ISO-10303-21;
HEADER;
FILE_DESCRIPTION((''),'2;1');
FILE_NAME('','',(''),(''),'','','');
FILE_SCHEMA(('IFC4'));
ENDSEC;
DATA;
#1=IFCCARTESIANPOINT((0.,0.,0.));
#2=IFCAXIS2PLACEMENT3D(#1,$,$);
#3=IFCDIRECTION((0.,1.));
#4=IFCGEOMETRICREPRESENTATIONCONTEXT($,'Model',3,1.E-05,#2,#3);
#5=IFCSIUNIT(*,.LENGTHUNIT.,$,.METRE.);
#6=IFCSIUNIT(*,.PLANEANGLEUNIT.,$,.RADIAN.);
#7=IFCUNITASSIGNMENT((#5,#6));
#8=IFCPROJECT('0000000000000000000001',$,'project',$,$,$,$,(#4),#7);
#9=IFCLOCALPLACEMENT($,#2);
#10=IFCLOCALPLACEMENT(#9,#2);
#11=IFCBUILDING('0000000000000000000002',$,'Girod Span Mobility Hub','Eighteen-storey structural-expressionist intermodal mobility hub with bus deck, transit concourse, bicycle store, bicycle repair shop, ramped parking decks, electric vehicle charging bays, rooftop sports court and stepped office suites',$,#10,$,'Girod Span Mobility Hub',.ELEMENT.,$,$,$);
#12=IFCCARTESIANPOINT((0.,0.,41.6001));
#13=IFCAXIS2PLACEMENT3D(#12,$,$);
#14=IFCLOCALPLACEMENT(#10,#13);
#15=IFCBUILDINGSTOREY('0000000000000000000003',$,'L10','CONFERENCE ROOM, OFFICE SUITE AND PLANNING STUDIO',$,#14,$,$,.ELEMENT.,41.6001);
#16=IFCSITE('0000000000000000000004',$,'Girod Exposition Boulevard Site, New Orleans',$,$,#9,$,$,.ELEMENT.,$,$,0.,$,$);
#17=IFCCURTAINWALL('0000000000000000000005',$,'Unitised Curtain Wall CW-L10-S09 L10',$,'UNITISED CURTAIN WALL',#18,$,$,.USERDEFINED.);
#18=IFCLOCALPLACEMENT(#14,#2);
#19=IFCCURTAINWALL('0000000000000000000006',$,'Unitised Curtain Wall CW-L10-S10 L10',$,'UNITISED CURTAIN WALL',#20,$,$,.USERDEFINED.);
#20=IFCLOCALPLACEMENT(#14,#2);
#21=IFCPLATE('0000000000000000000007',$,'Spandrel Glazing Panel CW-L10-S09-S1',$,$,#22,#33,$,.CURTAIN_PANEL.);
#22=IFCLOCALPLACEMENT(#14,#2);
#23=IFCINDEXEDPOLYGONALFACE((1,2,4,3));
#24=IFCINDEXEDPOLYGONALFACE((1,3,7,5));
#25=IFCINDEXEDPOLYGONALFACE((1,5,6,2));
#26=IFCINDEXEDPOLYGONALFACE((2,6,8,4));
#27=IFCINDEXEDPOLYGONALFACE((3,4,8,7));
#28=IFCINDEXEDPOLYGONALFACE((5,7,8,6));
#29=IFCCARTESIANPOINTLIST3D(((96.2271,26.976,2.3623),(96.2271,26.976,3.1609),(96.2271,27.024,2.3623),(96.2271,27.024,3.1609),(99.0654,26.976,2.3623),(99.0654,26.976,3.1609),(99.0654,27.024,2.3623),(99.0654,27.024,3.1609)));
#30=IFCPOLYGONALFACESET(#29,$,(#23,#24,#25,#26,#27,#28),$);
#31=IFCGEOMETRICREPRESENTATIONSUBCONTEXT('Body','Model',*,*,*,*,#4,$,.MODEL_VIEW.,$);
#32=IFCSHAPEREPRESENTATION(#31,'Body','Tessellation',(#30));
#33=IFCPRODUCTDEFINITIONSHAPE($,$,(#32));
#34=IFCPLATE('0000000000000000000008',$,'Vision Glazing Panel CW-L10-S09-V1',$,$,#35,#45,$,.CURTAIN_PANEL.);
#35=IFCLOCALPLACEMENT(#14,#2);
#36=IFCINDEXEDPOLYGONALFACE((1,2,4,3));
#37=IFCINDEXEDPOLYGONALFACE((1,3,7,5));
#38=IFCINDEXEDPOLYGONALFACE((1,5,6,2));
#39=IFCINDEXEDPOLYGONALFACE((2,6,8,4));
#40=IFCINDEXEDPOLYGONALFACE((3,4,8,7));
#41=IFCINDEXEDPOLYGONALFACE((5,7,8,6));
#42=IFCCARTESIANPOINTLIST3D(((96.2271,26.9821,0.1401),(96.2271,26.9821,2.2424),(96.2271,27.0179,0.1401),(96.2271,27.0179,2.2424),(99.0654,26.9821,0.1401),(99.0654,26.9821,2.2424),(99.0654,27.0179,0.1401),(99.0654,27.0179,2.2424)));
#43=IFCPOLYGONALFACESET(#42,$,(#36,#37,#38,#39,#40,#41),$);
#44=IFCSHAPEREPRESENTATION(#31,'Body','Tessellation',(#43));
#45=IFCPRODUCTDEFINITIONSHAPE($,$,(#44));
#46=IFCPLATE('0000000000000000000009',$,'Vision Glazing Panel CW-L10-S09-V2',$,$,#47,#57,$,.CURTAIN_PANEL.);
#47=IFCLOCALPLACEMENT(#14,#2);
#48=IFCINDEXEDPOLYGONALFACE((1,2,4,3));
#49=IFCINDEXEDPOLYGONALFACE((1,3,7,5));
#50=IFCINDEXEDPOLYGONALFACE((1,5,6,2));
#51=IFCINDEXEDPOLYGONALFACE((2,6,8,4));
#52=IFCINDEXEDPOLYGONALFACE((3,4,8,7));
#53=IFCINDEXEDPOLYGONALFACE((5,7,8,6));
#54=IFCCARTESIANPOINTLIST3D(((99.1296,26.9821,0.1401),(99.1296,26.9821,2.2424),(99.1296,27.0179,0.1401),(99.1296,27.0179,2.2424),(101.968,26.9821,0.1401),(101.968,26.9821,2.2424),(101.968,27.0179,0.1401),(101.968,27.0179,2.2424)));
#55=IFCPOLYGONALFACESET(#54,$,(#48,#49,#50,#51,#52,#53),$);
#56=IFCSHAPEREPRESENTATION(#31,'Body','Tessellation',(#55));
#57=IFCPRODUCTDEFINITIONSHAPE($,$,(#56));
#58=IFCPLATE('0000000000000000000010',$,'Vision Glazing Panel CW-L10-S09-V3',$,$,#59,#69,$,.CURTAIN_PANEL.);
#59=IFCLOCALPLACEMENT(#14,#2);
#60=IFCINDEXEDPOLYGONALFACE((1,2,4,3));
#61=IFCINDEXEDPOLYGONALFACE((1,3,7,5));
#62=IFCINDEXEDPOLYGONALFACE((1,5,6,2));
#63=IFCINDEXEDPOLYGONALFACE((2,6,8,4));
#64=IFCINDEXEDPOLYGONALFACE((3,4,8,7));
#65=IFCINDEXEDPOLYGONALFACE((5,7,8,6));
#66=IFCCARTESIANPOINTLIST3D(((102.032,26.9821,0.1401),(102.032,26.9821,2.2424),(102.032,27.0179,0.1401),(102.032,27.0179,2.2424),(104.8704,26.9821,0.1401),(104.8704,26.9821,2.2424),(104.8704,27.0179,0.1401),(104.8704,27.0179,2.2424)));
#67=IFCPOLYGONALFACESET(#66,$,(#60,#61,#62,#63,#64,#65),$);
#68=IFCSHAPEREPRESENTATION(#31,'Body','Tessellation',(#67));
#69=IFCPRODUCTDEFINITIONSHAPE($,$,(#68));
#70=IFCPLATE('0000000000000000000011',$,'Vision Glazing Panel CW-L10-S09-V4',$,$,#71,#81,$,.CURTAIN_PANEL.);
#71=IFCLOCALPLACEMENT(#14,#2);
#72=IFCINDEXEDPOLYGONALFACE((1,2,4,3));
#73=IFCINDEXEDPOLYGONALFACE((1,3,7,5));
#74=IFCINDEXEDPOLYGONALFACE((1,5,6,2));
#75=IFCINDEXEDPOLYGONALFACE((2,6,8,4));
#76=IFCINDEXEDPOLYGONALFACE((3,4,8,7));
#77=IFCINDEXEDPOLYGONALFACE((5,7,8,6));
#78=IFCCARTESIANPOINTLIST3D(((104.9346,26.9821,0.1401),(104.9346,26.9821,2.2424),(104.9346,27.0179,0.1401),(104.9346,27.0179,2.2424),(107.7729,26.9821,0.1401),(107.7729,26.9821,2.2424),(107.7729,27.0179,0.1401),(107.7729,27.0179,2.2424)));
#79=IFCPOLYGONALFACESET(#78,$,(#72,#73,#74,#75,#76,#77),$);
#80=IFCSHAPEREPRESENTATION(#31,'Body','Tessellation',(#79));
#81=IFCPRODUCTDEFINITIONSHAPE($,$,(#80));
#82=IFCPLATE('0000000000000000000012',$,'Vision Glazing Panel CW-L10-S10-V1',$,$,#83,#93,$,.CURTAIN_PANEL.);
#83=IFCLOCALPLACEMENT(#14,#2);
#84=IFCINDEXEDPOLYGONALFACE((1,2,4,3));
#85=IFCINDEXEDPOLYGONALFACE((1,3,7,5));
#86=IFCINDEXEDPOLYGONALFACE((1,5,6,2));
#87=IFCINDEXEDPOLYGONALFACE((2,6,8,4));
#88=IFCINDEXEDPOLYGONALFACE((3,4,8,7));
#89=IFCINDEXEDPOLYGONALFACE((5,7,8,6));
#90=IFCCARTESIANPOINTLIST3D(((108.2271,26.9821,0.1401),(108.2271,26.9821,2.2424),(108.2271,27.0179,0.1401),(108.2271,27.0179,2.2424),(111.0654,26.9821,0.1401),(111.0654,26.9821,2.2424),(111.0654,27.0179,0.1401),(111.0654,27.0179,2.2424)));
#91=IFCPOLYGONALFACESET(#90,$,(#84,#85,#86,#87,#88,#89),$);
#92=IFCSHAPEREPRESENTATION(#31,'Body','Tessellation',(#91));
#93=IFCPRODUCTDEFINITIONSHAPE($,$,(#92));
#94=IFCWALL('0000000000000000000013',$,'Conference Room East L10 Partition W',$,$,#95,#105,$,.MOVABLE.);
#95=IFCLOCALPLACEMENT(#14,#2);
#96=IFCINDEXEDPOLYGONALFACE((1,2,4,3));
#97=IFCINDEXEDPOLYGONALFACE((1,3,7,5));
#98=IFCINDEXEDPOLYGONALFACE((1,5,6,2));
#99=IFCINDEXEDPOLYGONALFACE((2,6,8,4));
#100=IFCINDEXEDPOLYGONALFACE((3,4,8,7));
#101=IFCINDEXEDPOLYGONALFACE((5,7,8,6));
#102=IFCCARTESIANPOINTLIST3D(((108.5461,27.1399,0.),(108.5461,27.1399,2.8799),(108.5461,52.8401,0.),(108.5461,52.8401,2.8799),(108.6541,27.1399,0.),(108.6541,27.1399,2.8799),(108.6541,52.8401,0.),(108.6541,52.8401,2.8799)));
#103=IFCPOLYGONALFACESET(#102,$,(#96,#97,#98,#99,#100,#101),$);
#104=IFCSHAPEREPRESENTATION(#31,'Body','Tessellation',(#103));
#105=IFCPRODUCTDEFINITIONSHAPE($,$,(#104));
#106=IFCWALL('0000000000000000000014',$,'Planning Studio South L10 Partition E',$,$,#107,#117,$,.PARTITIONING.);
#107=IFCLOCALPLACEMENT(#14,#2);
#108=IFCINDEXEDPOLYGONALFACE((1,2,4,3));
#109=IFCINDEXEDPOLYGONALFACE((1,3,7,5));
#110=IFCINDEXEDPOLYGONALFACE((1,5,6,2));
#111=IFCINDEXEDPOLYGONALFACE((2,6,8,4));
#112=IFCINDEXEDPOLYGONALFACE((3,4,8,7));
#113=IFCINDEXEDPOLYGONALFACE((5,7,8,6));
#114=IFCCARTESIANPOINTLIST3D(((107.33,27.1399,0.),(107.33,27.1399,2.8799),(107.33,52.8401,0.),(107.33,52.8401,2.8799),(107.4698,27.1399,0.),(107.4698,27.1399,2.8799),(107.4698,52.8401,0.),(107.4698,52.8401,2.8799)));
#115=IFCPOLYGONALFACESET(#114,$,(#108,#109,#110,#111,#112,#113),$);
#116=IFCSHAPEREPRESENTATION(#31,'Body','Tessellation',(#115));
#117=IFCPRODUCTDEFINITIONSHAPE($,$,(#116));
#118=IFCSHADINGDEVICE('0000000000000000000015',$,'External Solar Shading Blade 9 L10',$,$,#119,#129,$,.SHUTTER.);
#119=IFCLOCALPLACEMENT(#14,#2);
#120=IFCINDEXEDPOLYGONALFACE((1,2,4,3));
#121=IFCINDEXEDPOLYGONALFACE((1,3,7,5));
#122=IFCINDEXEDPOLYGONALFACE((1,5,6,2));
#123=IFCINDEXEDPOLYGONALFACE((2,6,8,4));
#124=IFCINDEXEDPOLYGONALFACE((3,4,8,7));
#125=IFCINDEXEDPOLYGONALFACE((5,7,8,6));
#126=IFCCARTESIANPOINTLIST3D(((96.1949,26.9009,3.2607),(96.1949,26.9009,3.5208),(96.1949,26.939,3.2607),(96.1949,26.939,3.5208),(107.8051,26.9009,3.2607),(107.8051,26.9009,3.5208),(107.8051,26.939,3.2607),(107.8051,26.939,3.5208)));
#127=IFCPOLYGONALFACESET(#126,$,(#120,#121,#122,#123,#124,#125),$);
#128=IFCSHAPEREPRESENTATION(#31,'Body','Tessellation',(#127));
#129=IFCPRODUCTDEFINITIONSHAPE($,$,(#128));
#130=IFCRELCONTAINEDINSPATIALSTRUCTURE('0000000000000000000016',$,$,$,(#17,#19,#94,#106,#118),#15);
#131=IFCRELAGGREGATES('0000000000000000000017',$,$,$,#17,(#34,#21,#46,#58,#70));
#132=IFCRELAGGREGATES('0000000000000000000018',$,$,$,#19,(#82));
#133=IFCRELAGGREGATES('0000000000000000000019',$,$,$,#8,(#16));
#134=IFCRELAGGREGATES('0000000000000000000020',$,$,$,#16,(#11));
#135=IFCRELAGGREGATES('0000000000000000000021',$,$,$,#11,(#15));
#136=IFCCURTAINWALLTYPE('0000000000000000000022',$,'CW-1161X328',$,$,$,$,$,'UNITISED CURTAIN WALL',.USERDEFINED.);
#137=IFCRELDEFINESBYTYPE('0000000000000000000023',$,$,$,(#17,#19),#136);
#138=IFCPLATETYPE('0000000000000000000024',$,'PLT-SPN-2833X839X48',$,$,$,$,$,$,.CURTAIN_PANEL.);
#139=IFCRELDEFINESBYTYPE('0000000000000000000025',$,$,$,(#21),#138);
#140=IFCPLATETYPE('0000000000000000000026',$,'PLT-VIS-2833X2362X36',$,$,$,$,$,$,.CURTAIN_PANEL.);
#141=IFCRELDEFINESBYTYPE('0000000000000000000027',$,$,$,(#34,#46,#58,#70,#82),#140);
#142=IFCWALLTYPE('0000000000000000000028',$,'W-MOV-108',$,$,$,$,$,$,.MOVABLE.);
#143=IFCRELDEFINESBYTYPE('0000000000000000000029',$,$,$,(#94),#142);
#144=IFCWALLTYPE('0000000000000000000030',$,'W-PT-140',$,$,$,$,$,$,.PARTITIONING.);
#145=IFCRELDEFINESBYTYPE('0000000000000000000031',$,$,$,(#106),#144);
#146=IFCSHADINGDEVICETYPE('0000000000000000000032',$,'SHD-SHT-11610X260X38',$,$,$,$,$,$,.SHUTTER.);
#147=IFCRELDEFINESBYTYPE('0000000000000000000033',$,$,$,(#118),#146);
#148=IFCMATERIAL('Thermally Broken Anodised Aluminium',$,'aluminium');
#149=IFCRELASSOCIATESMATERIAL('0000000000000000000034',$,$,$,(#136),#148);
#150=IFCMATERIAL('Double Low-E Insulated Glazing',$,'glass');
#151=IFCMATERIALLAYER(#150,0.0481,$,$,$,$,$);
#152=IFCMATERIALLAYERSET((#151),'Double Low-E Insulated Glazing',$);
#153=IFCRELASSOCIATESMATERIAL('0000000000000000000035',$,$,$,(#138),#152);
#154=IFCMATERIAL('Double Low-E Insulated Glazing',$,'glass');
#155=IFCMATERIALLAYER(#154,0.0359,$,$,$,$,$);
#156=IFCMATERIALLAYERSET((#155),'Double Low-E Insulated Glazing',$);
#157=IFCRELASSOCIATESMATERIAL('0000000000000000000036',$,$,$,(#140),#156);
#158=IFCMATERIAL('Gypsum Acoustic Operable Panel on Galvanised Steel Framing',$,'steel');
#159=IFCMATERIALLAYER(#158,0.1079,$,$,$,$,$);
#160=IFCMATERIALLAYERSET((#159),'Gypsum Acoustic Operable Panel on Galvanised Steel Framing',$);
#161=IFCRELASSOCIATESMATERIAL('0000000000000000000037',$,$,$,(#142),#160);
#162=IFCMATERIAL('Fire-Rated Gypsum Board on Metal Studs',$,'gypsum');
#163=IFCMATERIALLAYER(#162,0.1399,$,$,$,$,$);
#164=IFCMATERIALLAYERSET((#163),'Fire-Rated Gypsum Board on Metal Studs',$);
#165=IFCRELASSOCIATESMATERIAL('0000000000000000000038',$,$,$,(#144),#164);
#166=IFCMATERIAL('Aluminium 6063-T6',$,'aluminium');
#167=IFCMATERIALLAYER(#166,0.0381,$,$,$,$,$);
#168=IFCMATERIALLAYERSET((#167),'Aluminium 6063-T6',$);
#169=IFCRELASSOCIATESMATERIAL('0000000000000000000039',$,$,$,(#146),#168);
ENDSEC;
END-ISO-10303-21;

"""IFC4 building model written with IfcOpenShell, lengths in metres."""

from ifc_helpers import new_model, si_unit, direction, frame, frame_2d, origin, origin_2d, place, context, subcontext, project, spatial, rectangle, extrude, material, layer, layer_set, type_object, element, aggregate, save


model = new_model("IFC4")

# Units and contexts
model_context = context("Model", 3, precision=1e-05, world=origin(), true_north=direction((0.0, 1.0)))
body_context = subcontext(model_context, "Body", "Model", "MODEL_VIEW")
ifc_project = project(units=[si_unit("LENGTHUNIT", "METRE"), si_unit("PLANEANGLEUNIT", "RADIAN")], contexts=[model_context])

# Site, building, storey
site_placement = place(None, origin())
site = spatial("IfcSite", under=ifc_project, at=site_placement, Name="Girod Exposition Boulevard Site, New Orleans", CompositionType="ELEMENT", RefElevation=0.0)
building_placement = place(site_placement, origin())
building = spatial("IfcBuilding", under=site, at=building_placement, Name="Girod Span Mobility Hub", Description="Eighteen-storey structural-expressionist intermodal mobility hub with bus deck, transit concourse, bicycle store, bicycle repair shop, ramped parking decks, electric vehicle charging bays, rooftop sports court and stepped office suites", LongName="Girod Span Mobility Hub", CompositionType="ELEMENT")
storey_placement = place(building_placement, frame((0.0, 0.0, 41.6001)))
storey = spatial("IfcBuildingStorey", under=building, at=storey_placement, Name="L10", Description="CONFERENCE ROOM, OFFICE SUITE AND PLANNING STUDIO", CompositionType="ELEMENT", Elevation=41.6001)

# Curtain wall
ifc_material_1 = material(Name="Thermally Broken Anodised Aluminium", Category="aluminium")
curtain_wall_type = type_object("IfcCurtainWallType", Name="CW-1161X328", ElementType="UNITISED CURTAIN WALL", PredefinedType="USERDEFINED", material=ifc_material_1)
curtain_wall_1_placement = place(storey_placement, origin())
curtain_wall_1 = element("IfcCurtainWall", 1, at=curtain_wall_1_placement, inside=storey, type_object=curtain_wall_type, Name="Unitised Curtain Wall CW-L10-S09 L10", ObjectType="UNITISED CURTAIN WALL", PredefinedType="USERDEFINED")

# Curtain wall
curtain_wall_2_placement = place(storey_placement, origin())
curtain_wall_2 = element("IfcCurtainWall", 2, at=curtain_wall_2_placement, inside=storey, type_object=curtain_wall_type, Name="Unitised Curtain Wall CW-L10-S10 L10", ObjectType="UNITISED CURTAIN WALL", PredefinedType="USERDEFINED")

# Plates
ifc_material_2 = material(Name="Double Low-E Insulated Glazing", Category="glass")
ifc_layer_1 = layer(ifc_material_2, 0.0481)
ifc_layer_set_1 = layer_set([ifc_layer_1], Name="Double Low-E Insulated Glazing")
plate_type_1 = type_object("IfcPlateType", Name="PLT-SPN-2833X839X48", PredefinedType="CURTAIN_PANEL", material=ifc_layer_set_1)
plate_1_placement = place(storey_placement, frame((97.6462, 27.0, 2.3623), z_axis=(0.0, 0.0, 1.0), x_axis=(1.0, 0.0, 0.0)))
plate_1 = element("IfcPlate", 3, at=plate_1_placement, type_object=plate_type_1, Name="Spandrel Glazing Panel CW-L10-S09-S1", PredefinedType="CURTAIN_PANEL", context=body_context, shape_type="SweptSolid", body=[
    extrude(rectangle(XDim=2.8384, YDim=0.0481, at=origin_2d()), origin(), (0.0, 0.0, 1.0), 0.7986),
])
ifc_material_3 = material(Name="Double Low-E Insulated Glazing", Category="glass")
ifc_layer_2 = layer(ifc_material_3, 0.0359)
ifc_layer_set_2 = layer_set([ifc_layer_2], Name="Double Low-E Insulated Glazing")
plate_type_2 = type_object("IfcPlateType", Name="PLT-VIS-2833X2362X36", PredefinedType="CURTAIN_PANEL", material=ifc_layer_set_2)
plate_2_placement = place(storey_placement, frame((97.6462, 27.0, 0.1401), z_axis=(0.0, 0.0, 1.0), x_axis=(1.0, 0.0, 0.0)))
plate_2 = element("IfcPlate", 4, at=plate_2_placement, type_object=plate_type_2, Name="Vision Glazing Panel CW-L10-S09-V1", PredefinedType="CURTAIN_PANEL", context=body_context, shape_type="SweptSolid", body=[
    extrude(rectangle(XDim=2.8384, YDim=0.0359, at=origin_2d()), origin(), (0.0, 0.0, 1.0), 2.1023),
])
plate_3_placement = place(storey_placement, frame((100.5488, 27.0, 0.1401), z_axis=(0.0, 0.0, 1.0), x_axis=(1.0, 0.0, 0.0)))
plate_3 = element("IfcPlate", 5, at=plate_3_placement, type_object=plate_type_2, Name="Vision Glazing Panel CW-L10-S09-V2", PredefinedType="CURTAIN_PANEL", context=body_context, shape_type="SweptSolid", body=[
    extrude(rectangle(XDim=2.8384, YDim=0.0359, at=origin_2d()), origin(), (0.0, 0.0, 1.0), 2.1023),
])
plate_4_placement = place(storey_placement, frame((103.4512, 27.0, 0.1401), z_axis=(0.0, 0.0, 1.0), x_axis=(1.0, 0.0, 0.0)))
plate_4 = element("IfcPlate", 6, at=plate_4_placement, type_object=plate_type_2, Name="Vision Glazing Panel CW-L10-S09-V3", PredefinedType="CURTAIN_PANEL", context=body_context, shape_type="SweptSolid", body=[
    extrude(rectangle(XDim=2.8384, YDim=0.0359, at=origin_2d()), origin(), (0.0, 0.0, 1.0), 2.1023),
])
plate_5_placement = place(storey_placement, frame((106.3538, 27.0, 0.1401), z_axis=(0.0, 0.0, 1.0), x_axis=(1.0, 0.0, 0.0)))
plate_5 = element("IfcPlate", 7, at=plate_5_placement, type_object=plate_type_2, Name="Vision Glazing Panel CW-L10-S09-V4", PredefinedType="CURTAIN_PANEL", context=body_context, shape_type="SweptSolid", body=[
    extrude(rectangle(XDim=2.8384, YDim=0.0359, at=origin_2d()), origin(), (0.0, 0.0, 1.0), 2.1023),
])
aggregate(curtain_wall_1, [plate_2, plate_1, plate_3, plate_4, plate_5])
plate_6_placement = place(storey_placement, frame((109.6462, 27.0, 0.1401), z_axis=(0.0, 0.0, 1.0), x_axis=(1.0, 0.0, 0.0)))
plate_6 = element("IfcPlate", 8, at=plate_6_placement, type_object=plate_type_2, Name="Vision Glazing Panel CW-L10-S10-V1", PredefinedType="CURTAIN_PANEL", context=body_context, shape_type="SweptSolid", body=[
    extrude(rectangle(XDim=2.8384, YDim=0.0359, at=origin_2d()), origin(), (0.0, 0.0, 1.0), 2.1023),
])
aggregate(curtain_wall_2, [plate_6])

# Walls
ifc_material_4 = material(Name="Gypsum Acoustic Operable Panel on Galvanised Steel Framing", Category="steel")
ifc_layer_3 = layer(ifc_material_4, 0.1079)
ifc_layer_set_3 = layer_set([ifc_layer_3], Name="Gypsum Acoustic Operable Panel on Galvanised Steel Framing")
wall_type_1 = type_object("IfcWallType", Name="W-MOV-108", PredefinedType="MOVABLE", material=ifc_layer_set_3)
wall_1_placement = place(storey_placement, frame((108.6001, 27.1399, 0.0), z_axis=(0.0, 0.0, 1.0), x_axis=(0.0, 1.0, 0.0)))
element("IfcWall", 9, at=wall_1_placement, inside=storey, type_object=wall_type_1, Name="Conference Room East L10 Partition W", PredefinedType="MOVABLE", context=body_context, shape_type="SweptSolid", body=[
    extrude(rectangle(XDim=25.7002, YDim=0.1079, at=frame_2d((12.8501, 0.0))), origin(), (0.0, 0.0, 1.0), 2.8799),
])
ifc_material_5 = material(Name="Fire-Rated Gypsum Board on Metal Studs", Category="gypsum")
ifc_layer_4 = layer(ifc_material_5, 0.1399)
ifc_layer_set_4 = layer_set([ifc_layer_4], Name="Fire-Rated Gypsum Board on Metal Studs")
wall_type_2 = type_object("IfcWallType", Name="W-PT-140", PredefinedType="PARTITIONING", material=ifc_layer_set_4)
wall_2_placement = place(storey_placement, frame((107.3999, 27.1399, 0.0), z_axis=(0.0, 0.0, 1.0), x_axis=(0.0, 1.0, 0.0)))
element("IfcWall", 10, at=wall_2_placement, inside=storey, type_object=wall_type_2, Name="Planning Studio South L10 Partition E", PredefinedType="PARTITIONING", context=body_context, shape_type="SweptSolid", body=[
    extrude(rectangle(XDim=25.7002, YDim=0.1399, at=frame_2d((12.8501, 0.0))), origin(), (0.0, 0.0, 1.0), 2.8799),
])

# Shading device
ifc_material_6 = material(Name="Aluminium 6063-T6", Category="aluminium")
ifc_layer_5 = layer(ifc_material_6, 0.0381)
ifc_layer_set_5 = layer_set([ifc_layer_5], Name="Aluminium 6063-T6")
shading_device_type = type_object("IfcShadingDeviceType", Name="SHD-SHT-11610X260X38", PredefinedType="SHUTTER", material=ifc_layer_set_5)
shading_device_placement = place(storey_placement, frame((102.0, 26.9199, 3.2607), z_axis=(0.0, 0.0, 1.0), x_axis=(1.0, 0.0, 0.0)))
element("IfcShadingDevice", 11, at=shading_device_placement, inside=storey, type_object=shading_device_type, Name="External Solar Shading Blade 9 L10", PredefinedType="SHUTTER", context=body_context, shape_type="SweptSolid", body=[
    extrude(rectangle(XDim=11.6101, YDim=0.0381, at=origin_2d()), origin(), (0.0, 0.0, 1.0), 0.26),
])

save(model, "model.ifc")
